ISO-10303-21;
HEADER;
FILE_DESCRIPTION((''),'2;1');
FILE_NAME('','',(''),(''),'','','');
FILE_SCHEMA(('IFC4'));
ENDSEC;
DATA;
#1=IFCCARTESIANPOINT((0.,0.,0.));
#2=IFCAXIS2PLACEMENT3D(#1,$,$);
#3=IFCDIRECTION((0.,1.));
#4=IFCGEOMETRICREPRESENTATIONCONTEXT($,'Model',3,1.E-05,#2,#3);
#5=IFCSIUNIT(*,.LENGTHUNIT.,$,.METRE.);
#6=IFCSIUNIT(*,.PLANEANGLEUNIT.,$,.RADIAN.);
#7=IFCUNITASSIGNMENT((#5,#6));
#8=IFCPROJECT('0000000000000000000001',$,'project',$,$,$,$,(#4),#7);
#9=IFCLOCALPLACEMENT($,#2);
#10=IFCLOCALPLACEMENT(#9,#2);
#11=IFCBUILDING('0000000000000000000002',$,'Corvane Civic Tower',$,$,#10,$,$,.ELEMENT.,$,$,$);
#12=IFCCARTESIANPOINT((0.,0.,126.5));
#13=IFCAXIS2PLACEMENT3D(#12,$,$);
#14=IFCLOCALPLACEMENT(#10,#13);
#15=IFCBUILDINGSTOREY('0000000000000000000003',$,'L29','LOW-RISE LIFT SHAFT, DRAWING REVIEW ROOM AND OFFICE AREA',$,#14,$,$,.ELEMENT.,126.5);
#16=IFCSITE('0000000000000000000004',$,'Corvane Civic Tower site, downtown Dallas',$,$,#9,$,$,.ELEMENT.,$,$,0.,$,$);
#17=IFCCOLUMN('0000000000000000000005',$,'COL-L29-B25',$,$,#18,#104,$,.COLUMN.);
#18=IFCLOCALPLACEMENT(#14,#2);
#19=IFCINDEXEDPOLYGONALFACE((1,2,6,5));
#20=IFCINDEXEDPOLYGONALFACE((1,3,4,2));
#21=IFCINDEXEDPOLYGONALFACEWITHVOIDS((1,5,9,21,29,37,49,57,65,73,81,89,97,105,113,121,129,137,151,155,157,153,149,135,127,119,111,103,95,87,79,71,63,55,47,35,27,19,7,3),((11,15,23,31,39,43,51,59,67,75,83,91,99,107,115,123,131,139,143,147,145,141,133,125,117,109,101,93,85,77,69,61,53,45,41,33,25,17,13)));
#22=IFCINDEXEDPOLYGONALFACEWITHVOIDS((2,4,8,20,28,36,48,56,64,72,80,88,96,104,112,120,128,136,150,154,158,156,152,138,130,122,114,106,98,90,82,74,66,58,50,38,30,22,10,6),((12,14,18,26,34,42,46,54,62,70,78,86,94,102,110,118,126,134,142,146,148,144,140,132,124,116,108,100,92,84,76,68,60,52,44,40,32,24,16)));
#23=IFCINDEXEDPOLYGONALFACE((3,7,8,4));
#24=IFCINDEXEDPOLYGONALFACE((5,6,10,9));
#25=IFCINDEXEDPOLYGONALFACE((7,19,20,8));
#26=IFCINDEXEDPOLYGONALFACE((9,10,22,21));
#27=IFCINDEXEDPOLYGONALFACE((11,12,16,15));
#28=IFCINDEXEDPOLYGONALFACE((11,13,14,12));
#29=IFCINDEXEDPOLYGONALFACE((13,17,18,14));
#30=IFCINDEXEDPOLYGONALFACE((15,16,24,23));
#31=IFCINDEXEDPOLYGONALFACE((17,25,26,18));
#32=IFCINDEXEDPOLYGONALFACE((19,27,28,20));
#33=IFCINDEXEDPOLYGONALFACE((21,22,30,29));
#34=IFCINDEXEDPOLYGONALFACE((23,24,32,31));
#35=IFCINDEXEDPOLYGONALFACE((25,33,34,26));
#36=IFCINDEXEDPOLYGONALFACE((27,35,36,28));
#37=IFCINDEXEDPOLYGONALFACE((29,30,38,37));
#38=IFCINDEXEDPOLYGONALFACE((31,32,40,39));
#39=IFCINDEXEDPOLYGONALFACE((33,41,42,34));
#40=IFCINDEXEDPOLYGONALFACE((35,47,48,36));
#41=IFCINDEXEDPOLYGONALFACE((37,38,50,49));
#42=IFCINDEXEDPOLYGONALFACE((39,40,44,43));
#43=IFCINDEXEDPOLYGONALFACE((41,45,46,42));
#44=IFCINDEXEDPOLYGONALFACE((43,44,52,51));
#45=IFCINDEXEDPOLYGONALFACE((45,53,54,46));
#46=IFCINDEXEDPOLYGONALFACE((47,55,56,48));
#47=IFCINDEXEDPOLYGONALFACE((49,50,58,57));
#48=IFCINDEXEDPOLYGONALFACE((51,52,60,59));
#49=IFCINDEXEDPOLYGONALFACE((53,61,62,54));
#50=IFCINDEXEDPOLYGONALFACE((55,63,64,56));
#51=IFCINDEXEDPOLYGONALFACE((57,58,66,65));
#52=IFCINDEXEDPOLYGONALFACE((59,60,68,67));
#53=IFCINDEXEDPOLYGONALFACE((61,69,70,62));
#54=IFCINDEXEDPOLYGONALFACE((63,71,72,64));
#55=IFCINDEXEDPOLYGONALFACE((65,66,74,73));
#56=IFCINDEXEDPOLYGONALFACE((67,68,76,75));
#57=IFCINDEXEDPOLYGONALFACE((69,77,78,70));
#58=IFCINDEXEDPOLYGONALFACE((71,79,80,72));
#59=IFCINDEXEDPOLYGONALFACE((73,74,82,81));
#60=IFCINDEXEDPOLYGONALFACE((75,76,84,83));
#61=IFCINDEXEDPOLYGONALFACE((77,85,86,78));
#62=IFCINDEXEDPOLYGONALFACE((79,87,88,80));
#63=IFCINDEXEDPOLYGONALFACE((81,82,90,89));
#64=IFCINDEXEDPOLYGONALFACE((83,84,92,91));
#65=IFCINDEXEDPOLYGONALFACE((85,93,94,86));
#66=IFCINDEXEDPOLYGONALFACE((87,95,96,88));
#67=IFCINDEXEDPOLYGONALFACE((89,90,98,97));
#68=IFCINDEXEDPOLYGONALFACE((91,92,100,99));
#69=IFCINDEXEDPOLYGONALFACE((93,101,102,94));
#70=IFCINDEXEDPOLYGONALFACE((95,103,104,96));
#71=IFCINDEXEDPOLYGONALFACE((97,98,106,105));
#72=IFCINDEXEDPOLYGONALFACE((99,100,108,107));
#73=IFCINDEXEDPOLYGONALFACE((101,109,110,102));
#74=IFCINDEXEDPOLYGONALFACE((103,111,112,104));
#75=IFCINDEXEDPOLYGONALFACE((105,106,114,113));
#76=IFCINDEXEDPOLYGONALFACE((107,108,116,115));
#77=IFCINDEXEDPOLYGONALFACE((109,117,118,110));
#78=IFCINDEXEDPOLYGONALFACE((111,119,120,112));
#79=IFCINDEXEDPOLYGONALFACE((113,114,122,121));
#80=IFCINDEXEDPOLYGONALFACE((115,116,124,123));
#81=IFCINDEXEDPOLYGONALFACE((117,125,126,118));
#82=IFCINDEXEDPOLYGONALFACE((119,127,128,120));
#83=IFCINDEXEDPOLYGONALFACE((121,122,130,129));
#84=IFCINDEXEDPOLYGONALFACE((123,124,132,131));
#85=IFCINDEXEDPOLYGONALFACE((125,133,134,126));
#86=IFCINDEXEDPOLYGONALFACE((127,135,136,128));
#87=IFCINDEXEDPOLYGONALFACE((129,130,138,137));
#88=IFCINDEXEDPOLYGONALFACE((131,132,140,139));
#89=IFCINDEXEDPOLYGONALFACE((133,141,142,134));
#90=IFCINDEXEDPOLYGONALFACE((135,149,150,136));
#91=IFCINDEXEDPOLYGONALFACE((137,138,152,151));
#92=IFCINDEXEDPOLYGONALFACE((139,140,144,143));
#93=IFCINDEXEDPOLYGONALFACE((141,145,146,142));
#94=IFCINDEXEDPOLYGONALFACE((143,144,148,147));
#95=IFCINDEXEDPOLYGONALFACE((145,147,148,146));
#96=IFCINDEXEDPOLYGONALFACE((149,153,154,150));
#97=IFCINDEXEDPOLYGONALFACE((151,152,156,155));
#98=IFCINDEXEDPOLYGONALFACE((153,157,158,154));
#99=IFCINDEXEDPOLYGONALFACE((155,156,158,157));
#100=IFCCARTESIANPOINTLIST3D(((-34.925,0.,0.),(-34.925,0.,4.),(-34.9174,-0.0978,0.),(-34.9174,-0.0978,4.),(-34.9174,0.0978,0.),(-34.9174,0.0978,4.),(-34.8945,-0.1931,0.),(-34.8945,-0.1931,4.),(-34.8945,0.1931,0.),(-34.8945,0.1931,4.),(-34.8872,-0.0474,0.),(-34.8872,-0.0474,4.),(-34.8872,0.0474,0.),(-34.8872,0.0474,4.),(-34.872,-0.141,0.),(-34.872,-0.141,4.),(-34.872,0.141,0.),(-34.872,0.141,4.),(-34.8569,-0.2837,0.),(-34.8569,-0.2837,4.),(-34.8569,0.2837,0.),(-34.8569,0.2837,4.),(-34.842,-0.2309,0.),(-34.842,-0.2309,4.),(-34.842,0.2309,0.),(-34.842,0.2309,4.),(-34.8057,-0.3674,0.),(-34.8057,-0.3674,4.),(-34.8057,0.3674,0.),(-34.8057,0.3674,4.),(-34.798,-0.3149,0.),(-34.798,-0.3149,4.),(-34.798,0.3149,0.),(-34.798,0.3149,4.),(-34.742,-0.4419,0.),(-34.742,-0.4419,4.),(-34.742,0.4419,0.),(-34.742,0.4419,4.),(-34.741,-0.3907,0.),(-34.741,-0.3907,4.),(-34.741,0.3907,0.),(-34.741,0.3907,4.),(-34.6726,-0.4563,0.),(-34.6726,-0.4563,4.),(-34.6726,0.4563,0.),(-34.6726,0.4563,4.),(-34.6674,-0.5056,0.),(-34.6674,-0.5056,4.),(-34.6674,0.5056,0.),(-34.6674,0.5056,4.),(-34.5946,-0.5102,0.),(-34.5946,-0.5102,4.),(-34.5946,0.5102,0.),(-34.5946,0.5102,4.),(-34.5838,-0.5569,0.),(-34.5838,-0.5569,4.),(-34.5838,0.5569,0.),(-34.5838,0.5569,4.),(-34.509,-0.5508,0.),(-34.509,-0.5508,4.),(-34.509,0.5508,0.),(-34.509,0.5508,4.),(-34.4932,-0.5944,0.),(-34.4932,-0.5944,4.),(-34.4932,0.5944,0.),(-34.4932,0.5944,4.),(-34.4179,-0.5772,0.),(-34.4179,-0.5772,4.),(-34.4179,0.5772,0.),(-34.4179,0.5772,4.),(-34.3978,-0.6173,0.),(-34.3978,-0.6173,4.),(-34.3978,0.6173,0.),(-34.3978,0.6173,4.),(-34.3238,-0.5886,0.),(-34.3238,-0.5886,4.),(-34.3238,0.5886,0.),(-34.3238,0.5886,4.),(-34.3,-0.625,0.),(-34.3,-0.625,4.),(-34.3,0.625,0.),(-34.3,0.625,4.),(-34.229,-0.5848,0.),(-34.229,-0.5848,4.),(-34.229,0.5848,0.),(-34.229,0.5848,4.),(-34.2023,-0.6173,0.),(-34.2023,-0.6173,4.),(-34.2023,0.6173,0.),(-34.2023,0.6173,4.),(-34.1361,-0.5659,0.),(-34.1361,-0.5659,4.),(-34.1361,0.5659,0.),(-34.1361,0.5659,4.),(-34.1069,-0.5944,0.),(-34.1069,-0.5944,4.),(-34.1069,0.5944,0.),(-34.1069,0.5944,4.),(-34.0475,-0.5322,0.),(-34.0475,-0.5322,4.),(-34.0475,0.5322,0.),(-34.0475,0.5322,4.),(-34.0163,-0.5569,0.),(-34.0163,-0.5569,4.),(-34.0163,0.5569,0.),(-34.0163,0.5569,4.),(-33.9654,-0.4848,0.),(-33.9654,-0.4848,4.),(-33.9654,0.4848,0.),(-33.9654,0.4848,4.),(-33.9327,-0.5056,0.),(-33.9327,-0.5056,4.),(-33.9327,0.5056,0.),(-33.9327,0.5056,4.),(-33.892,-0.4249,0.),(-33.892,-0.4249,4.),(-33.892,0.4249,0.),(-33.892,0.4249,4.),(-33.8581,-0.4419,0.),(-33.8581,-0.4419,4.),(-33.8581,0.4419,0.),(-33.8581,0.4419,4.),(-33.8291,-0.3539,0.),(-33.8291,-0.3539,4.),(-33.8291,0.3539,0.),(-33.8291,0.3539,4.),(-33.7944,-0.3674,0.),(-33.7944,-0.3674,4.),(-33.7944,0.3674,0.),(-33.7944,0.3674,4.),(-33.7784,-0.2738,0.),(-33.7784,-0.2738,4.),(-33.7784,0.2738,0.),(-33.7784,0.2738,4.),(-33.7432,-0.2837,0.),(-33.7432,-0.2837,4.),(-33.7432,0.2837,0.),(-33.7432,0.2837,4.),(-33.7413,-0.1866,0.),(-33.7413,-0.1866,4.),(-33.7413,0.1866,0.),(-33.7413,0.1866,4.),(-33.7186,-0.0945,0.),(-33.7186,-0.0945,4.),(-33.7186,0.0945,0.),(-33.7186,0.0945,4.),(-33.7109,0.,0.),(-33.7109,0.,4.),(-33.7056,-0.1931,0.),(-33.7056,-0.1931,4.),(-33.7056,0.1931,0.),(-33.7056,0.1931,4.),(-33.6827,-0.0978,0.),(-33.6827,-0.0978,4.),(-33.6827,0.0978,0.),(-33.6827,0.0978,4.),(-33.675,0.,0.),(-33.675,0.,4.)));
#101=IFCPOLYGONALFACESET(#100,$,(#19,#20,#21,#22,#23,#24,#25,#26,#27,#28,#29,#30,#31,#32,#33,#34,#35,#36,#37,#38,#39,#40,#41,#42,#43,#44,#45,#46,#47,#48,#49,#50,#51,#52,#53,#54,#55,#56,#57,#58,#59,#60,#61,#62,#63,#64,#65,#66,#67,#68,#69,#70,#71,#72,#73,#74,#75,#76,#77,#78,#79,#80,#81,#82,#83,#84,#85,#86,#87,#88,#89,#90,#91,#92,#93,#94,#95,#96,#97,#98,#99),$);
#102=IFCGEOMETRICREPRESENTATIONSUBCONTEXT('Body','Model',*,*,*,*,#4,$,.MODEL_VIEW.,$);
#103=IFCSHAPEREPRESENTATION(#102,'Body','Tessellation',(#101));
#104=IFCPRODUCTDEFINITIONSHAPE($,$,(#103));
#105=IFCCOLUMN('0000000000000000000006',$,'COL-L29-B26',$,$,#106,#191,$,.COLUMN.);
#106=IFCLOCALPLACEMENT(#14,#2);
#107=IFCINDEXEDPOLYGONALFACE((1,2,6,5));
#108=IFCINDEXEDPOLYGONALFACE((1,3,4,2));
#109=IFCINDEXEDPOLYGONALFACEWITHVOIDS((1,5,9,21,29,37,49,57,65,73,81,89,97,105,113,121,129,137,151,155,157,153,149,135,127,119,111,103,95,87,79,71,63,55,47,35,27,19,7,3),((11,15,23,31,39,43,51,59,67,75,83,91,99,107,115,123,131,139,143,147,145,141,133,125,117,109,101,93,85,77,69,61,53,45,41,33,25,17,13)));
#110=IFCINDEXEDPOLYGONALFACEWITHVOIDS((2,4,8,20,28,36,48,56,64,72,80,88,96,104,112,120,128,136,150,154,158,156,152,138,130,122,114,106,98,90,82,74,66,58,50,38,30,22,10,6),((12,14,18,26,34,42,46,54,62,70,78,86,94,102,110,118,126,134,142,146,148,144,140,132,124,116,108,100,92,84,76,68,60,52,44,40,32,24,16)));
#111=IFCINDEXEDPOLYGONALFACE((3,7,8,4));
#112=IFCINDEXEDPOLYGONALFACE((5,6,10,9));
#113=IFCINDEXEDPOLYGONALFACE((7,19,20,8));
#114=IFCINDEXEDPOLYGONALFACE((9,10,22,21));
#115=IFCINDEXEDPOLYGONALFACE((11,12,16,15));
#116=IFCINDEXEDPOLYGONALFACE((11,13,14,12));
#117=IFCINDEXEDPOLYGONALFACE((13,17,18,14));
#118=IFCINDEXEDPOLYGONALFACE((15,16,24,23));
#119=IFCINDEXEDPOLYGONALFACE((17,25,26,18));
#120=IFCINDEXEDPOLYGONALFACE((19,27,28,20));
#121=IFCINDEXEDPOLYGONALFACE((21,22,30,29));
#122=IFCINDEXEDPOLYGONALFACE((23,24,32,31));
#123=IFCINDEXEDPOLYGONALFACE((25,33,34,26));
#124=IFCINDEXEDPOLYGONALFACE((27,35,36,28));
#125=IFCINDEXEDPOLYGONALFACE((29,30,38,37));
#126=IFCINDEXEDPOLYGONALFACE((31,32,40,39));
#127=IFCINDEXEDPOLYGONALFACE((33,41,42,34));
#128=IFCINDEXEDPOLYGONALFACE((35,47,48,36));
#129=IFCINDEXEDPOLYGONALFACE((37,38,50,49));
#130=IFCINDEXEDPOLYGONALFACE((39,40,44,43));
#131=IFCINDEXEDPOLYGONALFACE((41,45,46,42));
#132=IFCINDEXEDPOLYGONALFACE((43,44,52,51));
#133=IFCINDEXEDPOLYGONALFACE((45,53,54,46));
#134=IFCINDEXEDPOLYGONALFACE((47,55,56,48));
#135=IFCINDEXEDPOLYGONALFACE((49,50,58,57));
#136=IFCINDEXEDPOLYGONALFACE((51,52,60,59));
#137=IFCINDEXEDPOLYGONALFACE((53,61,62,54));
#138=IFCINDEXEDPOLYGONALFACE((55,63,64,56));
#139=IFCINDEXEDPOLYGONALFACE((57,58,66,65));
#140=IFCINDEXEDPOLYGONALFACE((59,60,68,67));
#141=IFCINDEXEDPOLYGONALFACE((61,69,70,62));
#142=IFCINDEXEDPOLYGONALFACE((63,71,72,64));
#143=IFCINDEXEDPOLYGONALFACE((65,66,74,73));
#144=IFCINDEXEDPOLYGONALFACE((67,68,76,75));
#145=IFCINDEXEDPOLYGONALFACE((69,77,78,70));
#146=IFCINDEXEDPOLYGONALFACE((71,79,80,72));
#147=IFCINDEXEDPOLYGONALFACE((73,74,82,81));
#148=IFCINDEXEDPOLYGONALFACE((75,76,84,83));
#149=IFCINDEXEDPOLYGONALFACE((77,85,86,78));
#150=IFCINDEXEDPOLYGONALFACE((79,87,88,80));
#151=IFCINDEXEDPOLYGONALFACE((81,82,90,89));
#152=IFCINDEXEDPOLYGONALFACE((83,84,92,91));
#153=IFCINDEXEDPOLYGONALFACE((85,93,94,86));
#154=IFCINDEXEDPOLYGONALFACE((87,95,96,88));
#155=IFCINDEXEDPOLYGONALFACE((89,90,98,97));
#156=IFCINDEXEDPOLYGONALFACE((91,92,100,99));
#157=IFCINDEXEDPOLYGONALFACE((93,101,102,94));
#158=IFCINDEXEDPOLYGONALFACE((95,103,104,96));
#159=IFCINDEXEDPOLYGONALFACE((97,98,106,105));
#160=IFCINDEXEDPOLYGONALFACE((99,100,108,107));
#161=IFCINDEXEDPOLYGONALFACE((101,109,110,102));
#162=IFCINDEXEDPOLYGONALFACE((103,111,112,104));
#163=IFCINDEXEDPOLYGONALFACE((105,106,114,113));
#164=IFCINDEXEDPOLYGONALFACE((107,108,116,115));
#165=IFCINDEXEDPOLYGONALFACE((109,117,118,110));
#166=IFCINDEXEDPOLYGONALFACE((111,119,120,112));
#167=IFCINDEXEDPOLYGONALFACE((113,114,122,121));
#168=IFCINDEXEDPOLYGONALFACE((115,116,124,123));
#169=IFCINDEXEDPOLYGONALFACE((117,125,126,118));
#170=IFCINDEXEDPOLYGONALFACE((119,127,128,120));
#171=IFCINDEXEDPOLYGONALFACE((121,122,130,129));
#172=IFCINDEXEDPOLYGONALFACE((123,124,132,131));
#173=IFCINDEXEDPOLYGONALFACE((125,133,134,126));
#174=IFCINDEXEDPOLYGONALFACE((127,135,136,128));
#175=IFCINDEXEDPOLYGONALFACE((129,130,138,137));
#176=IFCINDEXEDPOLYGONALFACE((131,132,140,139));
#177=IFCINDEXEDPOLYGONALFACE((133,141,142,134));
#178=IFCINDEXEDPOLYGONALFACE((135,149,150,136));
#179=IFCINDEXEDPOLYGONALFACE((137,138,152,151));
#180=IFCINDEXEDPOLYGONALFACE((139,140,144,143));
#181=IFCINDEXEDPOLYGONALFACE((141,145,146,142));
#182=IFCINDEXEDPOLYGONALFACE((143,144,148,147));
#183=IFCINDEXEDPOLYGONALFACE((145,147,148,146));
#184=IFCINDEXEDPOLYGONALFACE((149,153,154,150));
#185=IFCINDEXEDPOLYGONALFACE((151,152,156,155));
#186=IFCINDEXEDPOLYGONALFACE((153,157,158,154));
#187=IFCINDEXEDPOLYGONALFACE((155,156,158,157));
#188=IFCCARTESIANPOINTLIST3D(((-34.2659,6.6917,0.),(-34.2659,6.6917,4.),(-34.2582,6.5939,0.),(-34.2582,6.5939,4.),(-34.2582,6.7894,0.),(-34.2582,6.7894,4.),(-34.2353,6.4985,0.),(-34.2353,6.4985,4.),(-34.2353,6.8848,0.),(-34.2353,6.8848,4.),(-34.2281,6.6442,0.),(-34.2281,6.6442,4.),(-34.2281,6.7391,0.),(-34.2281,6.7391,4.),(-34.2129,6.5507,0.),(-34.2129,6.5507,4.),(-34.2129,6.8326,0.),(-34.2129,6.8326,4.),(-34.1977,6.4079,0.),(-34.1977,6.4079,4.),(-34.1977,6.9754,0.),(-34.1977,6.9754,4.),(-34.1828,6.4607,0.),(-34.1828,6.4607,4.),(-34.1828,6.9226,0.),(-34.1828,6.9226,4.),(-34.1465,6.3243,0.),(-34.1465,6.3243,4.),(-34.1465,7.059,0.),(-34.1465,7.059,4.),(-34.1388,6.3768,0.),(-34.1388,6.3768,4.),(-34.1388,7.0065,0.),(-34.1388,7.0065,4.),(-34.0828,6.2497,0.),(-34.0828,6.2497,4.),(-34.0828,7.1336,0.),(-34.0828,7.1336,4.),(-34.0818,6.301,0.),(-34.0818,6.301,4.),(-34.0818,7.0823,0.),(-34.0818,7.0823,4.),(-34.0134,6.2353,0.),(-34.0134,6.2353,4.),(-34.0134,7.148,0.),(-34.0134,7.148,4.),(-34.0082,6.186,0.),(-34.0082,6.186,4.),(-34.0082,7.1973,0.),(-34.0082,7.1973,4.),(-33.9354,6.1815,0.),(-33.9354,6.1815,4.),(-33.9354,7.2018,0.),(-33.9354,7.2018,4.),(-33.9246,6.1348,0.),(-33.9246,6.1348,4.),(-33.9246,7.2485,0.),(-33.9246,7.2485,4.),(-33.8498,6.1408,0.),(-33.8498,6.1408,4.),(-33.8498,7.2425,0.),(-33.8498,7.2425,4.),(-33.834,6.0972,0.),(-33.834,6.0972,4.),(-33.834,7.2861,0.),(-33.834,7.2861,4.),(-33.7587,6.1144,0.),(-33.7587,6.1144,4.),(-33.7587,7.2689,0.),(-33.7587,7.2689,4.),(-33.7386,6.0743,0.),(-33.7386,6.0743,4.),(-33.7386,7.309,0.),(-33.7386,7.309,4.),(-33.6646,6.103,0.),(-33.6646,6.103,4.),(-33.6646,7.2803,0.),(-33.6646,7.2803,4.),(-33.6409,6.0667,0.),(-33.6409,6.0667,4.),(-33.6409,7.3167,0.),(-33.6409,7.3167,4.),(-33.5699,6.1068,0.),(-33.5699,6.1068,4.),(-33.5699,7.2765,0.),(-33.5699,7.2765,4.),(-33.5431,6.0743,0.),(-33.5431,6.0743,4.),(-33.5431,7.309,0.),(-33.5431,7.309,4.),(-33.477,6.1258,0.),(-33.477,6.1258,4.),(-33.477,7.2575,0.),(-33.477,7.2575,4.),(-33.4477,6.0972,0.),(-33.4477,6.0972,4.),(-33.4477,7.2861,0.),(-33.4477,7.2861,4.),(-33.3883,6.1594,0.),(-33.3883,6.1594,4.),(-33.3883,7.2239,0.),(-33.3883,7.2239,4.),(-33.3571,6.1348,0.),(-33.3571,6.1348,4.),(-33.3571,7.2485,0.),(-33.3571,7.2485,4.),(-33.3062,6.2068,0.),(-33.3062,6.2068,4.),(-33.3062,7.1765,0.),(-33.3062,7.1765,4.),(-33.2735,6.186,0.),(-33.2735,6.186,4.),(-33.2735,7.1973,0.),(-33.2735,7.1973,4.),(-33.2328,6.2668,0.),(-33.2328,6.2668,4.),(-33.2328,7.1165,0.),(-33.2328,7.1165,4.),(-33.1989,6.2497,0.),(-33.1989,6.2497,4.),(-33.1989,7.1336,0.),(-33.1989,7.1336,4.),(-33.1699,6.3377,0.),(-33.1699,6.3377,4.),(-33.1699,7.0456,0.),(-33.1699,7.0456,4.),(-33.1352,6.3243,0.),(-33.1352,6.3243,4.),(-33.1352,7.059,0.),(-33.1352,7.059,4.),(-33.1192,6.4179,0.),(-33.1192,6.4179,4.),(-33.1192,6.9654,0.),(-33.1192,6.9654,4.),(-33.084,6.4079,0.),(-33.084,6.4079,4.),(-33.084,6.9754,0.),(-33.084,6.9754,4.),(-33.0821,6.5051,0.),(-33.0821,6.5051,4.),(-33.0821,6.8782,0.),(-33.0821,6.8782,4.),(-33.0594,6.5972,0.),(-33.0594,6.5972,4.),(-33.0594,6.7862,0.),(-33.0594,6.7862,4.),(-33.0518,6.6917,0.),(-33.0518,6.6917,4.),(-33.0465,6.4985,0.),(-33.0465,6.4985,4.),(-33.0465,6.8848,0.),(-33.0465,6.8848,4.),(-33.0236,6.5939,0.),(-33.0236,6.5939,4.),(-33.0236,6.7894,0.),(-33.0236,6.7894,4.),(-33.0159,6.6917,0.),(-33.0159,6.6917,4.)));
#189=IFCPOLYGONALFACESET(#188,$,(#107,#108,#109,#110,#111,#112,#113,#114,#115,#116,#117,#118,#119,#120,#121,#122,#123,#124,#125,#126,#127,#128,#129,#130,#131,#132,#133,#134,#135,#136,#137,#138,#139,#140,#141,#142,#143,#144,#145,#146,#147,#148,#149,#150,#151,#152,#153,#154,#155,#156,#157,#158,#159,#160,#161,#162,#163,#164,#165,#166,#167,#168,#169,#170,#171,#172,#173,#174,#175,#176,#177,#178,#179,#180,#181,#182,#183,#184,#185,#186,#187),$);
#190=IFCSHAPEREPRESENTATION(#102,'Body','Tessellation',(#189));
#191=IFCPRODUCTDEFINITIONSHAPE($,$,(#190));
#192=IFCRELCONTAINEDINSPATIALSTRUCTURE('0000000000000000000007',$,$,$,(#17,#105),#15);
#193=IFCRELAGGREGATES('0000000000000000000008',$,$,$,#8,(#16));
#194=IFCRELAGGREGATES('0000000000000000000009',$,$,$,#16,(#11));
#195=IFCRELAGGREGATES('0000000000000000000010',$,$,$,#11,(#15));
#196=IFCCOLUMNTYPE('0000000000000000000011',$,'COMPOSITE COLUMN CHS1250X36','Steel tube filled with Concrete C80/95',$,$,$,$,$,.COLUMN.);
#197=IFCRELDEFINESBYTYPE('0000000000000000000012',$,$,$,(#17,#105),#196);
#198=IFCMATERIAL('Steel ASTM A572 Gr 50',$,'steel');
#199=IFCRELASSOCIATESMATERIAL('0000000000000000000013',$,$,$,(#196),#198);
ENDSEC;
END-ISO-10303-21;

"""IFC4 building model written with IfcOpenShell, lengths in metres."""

from ifc_helpers import new_model, si_unit, direction, frame, origin, origin_2d, place, context, subcontext, project, spatial, hollow_circle, extrude, material, material_profile, profile_set, type_object, element, save


model = new_model("IFC4")

# Units and contexts
model_context = context("Model", 3, precision=1e-05, world=origin(), true_north=direction((0.0, 1.0)))
body_context = subcontext(model_context, "Body", "Model", "MODEL_VIEW")
ifc_project = project(units=[si_unit("LENGTHUNIT", "METRE"), si_unit("PLANEANGLEUNIT", "RADIAN")], contexts=[model_context])

# Site, building, storey
site_placement = place(None, origin())
site = spatial("IfcSite", under=ifc_project, at=site_placement, Name="Corvane Civic Tower site, downtown Dallas", CompositionType="ELEMENT", RefElevation=0.0)
building_placement = place(site_placement, origin())
building = spatial("IfcBuilding", under=site, at=building_placement, Name="Corvane Civic Tower", CompositionType="ELEMENT")
storey_placement = place(building_placement, frame((0.0, 0.0, 126.5)))
storey = spatial("IfcBuildingStorey", under=building, at=storey_placement, Name="L29", Description="LOW-RISE LIFT SHAFT, DRAWING REVIEW ROOM AND OFFICE AREA", CompositionType="ELEMENT", Elevation=126.5)

# Columns
ifc_material_1 = material(Name="Steel ASTM A572 Gr 50", Category="steel")
ifc_material_profile_1 = material_profile(ifc_material_1, hollow_circle(Radius=0.625, WallThickness=0.0359, at=origin_2d()), Name="CHS1250X36")
ifc_profile_set_1 = profile_set([ifc_material_profile_1], Name="Steel ASTM A572 Gr 50")
column_type = type_object("IfcColumnType", Name="COMPOSITE COLUMN CHS1250X36", Description="Steel tube filled with Concrete C80/95", PredefinedType="COLUMN", material=ifc_profile_set_1)
for number, where, z_axis, x_axis, name in (
    (1, (-34.3, 0.0, 0.0), (0.0, 0.0, 1.0), (1.0, 0.0, 0.0), "COL-L29-B25"),
    (2, (-33.6409, 6.6917, 0.0), (0.0, 0.0, 1.0), (1.0, 0.0, 0.0), "COL-L29-B26"),
):
    element("IfcColumn", number, at=place(storey_placement, frame(where, z_axis=z_axis, x_axis=x_axis)), inside=storey, type_object=column_type, Name=name, PredefinedType="COLUMN", context=body_context, shape_type="SweptSolid", body=[
        extrude(hollow_circle(Radius=0.625, WallThickness=0.0359, at=origin_2d()), origin(), (0.0, 0.0, 1.0), 4.0),
    ])

save(model, "model.ifc")
